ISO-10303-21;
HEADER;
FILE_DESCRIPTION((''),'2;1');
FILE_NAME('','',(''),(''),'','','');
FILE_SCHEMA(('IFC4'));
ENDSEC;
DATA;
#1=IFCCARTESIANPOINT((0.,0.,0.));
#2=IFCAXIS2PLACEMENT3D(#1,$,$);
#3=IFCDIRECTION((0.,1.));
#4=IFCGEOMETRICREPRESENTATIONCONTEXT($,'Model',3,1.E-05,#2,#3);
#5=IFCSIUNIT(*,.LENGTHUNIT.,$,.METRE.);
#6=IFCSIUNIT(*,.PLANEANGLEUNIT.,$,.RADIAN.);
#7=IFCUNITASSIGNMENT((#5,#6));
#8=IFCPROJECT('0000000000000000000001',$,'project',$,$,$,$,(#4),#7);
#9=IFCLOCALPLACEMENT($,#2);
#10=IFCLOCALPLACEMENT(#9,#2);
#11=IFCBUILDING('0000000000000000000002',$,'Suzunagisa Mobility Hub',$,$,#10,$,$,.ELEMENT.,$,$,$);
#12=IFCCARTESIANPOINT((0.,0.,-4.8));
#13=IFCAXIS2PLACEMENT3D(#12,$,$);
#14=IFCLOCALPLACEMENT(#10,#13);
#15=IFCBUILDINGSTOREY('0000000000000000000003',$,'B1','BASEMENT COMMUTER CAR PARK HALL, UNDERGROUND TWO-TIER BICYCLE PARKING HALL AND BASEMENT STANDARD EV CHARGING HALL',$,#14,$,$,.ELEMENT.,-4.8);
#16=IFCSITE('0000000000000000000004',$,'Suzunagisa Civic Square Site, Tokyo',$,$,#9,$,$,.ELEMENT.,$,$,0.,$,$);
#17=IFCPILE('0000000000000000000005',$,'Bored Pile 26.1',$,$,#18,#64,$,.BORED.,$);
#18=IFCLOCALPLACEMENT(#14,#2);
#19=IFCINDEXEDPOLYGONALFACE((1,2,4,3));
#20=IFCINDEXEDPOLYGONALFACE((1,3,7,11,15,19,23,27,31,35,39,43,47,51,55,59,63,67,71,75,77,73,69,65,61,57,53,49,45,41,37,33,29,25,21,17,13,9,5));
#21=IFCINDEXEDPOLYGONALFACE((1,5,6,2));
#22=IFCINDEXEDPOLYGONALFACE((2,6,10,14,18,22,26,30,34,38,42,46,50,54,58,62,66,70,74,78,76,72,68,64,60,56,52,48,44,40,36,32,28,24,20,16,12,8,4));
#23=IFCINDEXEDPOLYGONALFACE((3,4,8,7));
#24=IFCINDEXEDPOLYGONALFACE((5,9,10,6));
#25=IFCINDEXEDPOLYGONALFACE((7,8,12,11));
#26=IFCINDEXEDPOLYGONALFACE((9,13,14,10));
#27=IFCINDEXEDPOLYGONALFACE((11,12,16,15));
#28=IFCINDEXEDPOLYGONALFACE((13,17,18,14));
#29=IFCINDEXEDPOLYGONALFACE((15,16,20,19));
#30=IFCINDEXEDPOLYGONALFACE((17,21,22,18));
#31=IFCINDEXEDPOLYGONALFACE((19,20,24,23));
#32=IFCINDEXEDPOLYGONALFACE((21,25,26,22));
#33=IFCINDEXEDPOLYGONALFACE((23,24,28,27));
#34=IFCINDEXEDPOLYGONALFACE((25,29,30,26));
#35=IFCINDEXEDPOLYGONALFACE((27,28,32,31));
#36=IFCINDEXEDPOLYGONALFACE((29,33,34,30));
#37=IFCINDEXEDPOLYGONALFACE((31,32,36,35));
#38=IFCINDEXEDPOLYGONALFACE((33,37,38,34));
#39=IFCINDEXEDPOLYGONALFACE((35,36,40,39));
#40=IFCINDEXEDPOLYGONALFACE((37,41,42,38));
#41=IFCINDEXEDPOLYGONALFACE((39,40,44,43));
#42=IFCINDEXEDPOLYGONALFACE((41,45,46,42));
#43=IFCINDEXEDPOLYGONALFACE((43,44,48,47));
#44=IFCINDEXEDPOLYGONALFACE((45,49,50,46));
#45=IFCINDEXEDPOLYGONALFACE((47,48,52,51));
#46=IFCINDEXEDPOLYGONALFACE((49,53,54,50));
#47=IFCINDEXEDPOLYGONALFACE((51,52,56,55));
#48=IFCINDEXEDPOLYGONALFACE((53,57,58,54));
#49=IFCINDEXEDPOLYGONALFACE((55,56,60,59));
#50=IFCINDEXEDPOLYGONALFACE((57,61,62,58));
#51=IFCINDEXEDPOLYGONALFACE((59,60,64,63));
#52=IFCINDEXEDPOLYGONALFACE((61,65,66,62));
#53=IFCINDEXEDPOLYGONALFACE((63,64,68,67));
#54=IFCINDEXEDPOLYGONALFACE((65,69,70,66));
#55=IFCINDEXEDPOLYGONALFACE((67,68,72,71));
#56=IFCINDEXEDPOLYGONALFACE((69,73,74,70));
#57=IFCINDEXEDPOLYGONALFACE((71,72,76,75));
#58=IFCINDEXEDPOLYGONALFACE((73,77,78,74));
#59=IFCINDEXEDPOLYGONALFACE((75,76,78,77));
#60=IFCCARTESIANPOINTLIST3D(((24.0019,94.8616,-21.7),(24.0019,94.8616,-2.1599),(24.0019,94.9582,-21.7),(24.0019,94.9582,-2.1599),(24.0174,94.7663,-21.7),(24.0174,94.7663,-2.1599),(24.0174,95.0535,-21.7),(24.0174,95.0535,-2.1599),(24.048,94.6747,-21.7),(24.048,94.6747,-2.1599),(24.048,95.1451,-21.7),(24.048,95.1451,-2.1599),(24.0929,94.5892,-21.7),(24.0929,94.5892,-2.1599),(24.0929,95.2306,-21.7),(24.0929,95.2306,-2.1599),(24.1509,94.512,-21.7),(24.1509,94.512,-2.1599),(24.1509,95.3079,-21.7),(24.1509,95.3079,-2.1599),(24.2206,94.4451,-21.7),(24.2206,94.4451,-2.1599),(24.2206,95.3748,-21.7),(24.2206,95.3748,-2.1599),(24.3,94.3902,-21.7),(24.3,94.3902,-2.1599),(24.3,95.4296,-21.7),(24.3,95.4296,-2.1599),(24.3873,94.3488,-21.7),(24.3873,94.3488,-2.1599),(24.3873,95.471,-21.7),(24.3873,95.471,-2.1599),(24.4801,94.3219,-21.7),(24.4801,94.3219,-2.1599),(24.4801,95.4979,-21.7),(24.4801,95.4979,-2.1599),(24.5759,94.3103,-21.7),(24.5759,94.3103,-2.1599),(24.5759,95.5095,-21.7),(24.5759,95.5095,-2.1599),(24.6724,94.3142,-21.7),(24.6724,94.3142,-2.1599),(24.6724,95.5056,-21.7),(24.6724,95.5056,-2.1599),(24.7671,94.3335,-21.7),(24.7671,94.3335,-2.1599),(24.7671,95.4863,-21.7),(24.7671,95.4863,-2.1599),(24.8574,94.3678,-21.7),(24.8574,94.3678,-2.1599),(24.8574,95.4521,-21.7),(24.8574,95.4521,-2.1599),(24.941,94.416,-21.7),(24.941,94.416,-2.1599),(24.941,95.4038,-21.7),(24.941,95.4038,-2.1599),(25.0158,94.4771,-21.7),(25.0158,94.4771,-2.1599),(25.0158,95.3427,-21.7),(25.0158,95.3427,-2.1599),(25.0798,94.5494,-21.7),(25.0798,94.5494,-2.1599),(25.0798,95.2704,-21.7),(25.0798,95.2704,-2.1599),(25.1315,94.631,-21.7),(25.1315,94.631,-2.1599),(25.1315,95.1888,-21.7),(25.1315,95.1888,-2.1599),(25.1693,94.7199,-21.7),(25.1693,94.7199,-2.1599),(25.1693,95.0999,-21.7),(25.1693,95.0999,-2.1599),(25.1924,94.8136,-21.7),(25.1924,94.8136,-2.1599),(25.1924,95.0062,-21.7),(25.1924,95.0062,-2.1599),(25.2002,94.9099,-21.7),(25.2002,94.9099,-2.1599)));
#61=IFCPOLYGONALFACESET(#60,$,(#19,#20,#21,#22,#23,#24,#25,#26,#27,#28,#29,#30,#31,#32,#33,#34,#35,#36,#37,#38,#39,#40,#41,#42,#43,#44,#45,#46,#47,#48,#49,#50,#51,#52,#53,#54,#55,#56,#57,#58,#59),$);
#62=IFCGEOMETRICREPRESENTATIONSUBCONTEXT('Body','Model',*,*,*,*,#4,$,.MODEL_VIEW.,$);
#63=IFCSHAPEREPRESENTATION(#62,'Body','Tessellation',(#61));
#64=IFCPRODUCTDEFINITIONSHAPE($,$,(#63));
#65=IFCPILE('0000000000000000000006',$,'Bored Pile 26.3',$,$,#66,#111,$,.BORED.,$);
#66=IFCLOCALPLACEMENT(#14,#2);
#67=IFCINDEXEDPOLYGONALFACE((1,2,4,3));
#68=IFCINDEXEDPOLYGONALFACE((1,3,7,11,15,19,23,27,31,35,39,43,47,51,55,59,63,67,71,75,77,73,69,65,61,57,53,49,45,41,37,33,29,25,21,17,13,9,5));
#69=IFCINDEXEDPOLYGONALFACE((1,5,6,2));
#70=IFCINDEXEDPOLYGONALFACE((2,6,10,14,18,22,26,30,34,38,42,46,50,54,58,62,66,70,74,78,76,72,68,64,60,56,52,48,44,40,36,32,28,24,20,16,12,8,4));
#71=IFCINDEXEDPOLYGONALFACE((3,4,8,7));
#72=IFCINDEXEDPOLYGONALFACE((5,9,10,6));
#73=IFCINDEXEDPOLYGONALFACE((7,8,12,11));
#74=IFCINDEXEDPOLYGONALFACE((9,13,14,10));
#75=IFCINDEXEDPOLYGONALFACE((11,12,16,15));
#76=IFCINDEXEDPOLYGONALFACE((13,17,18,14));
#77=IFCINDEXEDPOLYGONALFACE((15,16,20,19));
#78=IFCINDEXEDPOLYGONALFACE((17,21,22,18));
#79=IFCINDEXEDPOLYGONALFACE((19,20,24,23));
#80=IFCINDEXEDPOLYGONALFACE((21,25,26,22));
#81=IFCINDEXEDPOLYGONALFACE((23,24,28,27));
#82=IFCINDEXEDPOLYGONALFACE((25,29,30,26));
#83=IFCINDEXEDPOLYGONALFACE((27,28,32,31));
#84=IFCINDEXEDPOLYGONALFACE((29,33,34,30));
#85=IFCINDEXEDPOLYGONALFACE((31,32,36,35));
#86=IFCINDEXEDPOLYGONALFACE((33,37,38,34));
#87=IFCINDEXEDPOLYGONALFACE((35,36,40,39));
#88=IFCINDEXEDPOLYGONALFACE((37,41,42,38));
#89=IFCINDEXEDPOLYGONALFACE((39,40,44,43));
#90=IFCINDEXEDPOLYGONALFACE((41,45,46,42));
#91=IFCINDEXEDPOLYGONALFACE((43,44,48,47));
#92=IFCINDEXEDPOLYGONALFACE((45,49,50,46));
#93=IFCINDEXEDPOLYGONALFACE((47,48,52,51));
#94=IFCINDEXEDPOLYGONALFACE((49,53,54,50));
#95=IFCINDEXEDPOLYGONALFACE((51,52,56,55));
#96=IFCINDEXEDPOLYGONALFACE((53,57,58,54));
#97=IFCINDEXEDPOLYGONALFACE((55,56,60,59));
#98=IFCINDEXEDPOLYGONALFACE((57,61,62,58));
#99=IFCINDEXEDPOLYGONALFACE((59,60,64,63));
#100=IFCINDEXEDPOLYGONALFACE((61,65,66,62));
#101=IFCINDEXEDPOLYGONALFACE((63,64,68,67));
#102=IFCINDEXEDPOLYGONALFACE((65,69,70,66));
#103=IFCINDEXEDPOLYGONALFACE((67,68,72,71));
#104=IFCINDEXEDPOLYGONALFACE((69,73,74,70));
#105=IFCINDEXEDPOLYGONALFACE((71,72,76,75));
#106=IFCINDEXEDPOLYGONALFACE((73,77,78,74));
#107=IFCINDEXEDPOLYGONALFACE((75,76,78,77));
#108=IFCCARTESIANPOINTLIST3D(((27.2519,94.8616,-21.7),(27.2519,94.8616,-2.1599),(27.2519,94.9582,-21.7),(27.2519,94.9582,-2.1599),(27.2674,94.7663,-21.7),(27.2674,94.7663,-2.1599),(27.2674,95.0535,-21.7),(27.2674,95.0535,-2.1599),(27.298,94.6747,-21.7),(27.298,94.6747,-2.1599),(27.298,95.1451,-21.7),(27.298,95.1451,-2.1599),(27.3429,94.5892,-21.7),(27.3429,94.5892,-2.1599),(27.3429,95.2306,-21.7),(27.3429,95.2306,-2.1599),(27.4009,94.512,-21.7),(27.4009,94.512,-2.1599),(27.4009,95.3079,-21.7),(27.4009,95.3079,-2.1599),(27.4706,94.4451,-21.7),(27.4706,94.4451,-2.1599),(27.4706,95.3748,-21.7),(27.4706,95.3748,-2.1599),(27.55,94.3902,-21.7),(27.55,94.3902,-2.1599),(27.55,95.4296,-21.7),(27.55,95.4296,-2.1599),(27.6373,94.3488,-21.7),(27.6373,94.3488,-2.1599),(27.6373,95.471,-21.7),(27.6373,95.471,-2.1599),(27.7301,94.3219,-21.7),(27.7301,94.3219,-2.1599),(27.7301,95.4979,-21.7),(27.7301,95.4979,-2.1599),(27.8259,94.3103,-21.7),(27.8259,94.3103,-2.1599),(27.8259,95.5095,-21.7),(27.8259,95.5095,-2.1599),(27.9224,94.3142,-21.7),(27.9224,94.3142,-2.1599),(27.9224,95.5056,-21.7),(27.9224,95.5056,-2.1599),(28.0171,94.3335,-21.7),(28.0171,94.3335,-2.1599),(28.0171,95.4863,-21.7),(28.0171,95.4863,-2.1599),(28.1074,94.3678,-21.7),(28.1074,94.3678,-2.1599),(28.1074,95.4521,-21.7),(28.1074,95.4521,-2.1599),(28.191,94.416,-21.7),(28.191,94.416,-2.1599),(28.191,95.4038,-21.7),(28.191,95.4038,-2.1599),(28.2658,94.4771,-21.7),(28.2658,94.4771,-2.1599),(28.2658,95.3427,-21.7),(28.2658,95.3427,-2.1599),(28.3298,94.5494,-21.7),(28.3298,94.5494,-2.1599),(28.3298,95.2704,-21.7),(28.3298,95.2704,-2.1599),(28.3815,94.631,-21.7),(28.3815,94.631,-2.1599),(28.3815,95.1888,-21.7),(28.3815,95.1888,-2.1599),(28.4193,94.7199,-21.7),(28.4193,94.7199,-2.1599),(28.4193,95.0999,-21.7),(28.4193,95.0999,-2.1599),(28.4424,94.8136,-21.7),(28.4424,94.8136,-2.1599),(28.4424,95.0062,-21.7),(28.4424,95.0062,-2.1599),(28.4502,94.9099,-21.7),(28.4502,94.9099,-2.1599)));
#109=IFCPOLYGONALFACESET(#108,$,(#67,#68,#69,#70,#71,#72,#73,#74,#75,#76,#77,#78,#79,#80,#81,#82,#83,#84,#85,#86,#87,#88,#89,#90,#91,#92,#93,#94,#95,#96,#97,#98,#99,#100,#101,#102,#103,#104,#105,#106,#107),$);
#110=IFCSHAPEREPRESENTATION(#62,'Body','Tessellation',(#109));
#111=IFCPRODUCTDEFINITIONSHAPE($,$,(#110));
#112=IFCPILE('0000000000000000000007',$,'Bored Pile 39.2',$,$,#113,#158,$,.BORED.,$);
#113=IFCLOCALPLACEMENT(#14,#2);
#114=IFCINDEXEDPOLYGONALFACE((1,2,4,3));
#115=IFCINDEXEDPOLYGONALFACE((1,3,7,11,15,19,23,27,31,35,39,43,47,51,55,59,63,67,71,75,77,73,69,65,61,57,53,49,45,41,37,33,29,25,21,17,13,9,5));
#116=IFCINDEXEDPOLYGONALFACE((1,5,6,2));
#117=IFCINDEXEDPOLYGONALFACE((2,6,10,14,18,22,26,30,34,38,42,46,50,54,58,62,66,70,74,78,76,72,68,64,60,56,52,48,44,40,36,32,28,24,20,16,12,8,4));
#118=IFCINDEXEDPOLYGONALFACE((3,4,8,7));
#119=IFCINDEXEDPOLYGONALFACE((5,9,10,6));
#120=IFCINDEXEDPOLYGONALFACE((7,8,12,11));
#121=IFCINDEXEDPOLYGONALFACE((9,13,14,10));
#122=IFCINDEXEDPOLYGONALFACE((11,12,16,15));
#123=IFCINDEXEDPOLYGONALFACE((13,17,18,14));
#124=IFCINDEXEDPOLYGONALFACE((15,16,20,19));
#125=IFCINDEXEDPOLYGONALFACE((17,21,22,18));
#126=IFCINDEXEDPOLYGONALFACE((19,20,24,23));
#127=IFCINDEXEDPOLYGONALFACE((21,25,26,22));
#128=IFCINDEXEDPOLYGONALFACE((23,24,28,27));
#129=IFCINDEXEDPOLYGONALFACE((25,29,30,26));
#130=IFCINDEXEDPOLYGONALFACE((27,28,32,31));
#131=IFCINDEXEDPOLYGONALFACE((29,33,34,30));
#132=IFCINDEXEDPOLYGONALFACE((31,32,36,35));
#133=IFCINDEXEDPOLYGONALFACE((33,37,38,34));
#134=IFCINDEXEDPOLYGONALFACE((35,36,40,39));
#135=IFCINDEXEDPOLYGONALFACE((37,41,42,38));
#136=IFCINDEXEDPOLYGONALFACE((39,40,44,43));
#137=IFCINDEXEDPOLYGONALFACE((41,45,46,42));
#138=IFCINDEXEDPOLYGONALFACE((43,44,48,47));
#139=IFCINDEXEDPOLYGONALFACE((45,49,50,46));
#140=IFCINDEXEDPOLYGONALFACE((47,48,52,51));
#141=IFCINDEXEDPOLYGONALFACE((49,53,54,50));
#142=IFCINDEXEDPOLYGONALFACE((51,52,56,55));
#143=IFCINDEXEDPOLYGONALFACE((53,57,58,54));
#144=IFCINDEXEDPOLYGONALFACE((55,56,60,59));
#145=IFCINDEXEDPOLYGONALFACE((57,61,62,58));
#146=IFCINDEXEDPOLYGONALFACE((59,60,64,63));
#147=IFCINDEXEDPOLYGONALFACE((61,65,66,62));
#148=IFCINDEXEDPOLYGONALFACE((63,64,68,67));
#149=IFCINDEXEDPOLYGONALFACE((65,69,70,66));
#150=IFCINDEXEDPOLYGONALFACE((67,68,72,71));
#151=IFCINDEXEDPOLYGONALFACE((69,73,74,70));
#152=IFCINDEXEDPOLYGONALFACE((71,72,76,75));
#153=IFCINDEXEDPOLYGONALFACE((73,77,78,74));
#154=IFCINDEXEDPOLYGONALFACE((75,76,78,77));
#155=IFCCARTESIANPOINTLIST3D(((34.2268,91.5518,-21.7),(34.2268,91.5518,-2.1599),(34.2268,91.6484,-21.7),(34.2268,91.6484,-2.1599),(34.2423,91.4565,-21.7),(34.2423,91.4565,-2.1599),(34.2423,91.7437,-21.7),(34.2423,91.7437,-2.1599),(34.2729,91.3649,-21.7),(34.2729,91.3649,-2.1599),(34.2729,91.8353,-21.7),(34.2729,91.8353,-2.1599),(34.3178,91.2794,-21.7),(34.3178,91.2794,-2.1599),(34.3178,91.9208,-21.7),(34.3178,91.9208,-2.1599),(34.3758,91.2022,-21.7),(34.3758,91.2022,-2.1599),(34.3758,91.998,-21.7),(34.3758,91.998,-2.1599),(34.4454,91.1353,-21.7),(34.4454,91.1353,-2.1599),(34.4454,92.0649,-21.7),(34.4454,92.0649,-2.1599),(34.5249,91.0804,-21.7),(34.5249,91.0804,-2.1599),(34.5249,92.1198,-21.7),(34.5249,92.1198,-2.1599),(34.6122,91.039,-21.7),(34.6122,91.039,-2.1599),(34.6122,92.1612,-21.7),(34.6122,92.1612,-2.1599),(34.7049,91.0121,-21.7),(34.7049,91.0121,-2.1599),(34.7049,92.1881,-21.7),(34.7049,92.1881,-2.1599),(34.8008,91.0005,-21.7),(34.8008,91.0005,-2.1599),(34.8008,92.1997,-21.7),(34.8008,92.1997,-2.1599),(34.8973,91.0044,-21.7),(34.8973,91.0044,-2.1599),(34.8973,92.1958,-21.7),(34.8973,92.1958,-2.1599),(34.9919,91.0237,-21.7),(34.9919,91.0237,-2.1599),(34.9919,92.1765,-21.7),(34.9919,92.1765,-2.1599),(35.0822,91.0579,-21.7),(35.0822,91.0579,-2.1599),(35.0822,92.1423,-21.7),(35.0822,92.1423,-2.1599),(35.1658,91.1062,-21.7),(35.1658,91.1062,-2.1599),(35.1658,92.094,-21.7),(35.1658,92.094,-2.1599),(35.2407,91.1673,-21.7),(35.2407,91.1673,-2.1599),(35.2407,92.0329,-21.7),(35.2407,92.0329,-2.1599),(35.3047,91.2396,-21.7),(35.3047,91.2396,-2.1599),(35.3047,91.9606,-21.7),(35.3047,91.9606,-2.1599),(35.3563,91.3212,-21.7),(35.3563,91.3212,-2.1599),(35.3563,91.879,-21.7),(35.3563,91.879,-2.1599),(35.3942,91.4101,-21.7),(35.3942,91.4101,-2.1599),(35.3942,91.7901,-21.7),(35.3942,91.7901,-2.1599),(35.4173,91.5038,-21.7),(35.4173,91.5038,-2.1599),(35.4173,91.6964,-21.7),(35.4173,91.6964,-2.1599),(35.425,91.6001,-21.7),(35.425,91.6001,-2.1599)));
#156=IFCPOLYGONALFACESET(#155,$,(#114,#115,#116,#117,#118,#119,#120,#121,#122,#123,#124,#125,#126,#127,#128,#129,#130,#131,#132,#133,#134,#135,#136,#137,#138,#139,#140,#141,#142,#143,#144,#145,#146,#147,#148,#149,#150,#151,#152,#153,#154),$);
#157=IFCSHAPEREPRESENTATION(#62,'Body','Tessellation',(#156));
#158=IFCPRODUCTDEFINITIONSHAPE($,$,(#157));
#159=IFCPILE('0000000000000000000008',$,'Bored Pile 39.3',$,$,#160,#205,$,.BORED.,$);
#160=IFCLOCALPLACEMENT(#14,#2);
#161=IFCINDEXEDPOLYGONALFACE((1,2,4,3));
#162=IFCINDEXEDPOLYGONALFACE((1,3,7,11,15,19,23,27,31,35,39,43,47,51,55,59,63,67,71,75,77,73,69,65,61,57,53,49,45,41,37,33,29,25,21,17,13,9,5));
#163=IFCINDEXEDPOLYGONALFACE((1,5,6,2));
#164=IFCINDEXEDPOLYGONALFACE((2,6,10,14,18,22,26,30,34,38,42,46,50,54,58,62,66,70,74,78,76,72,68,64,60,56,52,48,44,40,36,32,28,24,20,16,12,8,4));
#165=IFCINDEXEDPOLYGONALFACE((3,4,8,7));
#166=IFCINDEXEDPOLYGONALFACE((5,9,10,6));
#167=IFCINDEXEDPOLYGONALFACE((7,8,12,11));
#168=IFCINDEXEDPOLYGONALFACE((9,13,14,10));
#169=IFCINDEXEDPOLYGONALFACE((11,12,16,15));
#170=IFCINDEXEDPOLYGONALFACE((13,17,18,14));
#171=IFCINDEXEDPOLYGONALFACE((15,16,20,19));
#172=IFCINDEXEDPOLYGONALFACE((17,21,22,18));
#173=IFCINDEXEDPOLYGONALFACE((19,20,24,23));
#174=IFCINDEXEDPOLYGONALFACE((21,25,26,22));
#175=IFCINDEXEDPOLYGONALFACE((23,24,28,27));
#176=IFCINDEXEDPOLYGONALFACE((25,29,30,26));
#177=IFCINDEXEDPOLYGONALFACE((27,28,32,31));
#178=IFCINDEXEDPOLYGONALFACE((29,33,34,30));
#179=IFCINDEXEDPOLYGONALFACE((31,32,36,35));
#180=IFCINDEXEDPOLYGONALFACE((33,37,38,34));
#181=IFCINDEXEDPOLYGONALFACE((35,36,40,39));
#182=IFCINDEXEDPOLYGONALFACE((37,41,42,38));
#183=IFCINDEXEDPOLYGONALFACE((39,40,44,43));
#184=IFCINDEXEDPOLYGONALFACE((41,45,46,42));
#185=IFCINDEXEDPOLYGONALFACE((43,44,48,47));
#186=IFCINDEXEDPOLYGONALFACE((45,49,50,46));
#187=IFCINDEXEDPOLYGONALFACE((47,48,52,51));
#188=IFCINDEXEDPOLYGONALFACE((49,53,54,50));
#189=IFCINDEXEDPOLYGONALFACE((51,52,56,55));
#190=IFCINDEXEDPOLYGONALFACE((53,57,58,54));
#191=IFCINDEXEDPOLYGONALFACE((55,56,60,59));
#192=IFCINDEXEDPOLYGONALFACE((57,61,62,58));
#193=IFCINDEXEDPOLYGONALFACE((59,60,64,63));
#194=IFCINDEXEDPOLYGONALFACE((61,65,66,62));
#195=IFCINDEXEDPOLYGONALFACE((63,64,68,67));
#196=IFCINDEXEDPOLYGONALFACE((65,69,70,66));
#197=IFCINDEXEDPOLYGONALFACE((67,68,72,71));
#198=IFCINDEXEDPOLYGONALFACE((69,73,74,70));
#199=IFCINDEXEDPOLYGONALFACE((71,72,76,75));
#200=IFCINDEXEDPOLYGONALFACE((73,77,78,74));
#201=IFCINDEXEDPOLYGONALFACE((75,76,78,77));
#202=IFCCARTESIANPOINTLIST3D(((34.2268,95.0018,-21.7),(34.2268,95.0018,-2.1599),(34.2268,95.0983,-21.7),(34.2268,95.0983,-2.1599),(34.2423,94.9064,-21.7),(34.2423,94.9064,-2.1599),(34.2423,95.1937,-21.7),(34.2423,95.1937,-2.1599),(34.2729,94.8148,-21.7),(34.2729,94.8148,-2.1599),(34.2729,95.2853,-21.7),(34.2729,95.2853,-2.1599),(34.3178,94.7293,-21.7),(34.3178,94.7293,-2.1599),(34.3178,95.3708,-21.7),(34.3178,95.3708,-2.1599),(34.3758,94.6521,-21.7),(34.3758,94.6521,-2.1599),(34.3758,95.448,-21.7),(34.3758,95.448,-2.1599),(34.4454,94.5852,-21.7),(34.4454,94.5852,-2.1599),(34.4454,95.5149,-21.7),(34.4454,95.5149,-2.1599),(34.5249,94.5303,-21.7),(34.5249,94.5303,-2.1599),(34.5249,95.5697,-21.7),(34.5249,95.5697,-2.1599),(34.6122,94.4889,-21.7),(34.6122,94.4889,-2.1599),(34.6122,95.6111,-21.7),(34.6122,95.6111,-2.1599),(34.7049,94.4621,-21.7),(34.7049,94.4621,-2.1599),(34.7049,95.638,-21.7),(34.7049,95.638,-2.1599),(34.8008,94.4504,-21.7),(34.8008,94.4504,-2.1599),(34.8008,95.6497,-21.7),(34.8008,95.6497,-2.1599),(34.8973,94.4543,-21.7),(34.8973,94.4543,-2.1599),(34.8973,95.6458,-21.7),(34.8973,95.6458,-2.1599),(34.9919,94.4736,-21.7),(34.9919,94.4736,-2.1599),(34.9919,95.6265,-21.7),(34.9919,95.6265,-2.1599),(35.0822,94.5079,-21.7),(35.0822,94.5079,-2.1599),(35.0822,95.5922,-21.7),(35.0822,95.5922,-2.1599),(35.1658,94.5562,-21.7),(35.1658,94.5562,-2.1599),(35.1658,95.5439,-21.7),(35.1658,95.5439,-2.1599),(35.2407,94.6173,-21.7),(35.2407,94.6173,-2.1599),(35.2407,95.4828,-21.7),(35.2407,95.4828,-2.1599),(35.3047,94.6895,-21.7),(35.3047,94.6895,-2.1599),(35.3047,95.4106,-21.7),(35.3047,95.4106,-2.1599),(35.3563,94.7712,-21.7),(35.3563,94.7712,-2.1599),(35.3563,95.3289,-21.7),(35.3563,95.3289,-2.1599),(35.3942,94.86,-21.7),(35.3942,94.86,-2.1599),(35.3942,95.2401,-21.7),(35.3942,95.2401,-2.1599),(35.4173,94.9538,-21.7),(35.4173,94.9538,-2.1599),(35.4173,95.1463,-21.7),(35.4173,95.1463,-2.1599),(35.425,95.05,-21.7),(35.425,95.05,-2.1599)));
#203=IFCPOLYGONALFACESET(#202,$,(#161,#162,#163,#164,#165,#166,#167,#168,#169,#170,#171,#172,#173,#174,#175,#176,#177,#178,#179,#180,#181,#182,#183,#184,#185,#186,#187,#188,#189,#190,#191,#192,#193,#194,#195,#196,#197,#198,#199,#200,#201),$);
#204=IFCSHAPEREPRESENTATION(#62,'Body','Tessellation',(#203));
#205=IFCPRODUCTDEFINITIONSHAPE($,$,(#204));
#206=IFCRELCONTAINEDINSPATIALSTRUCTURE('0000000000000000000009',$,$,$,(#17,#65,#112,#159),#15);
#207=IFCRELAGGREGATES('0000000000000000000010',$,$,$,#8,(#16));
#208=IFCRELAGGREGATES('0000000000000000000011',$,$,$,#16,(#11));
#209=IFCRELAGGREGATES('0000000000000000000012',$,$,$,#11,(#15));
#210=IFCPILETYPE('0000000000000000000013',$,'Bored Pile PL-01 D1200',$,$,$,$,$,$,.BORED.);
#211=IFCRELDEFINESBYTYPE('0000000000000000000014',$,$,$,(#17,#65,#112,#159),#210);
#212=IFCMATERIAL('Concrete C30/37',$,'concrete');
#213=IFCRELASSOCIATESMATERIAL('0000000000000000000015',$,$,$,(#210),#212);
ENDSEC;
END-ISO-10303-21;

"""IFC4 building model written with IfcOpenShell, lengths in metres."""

from ifc_helpers import new_model, si_unit, direction, frame, origin, origin_2d, place, context, subcontext, project, spatial, circle, extrude, material, material_profile, profile_set, type_object, element, save


model = new_model("IFC4")

# Units and contexts
model_context = context("Model", 3, precision=1e-05, world=origin(), true_north=direction((0.0, 1.0)))
body_context = subcontext(model_context, "Body", "Model", "MODEL_VIEW")
ifc_project = project(units=[si_unit("LENGTHUNIT", "METRE"), si_unit("PLANEANGLEUNIT", "RADIAN")], contexts=[model_context])

# Site, building, storey
site_placement = place(None, origin())
site = spatial("IfcSite", under=ifc_project, at=site_placement, Name="Suzunagisa Civic Square Site, Tokyo", CompositionType="ELEMENT", RefElevation=0.0)
building_placement = place(site_placement, origin())
building = spatial("IfcBuilding", under=site, at=building_placement, Name="Suzunagisa Mobility Hub", CompositionType="ELEMENT")
storey_placement = place(building_placement, frame((0.0, 0.0, -4.8)))
storey = spatial("IfcBuildingStorey", under=building, at=storey_placement, Name="B1", Description="BASEMENT COMMUTER CAR PARK HALL, UNDERGROUND TWO-TIER BICYCLE PARKING HALL AND BASEMENT STANDARD EV CHARGING HALL", CompositionType="ELEMENT", Elevation=-4.8)

# Piles
ifc_material_1 = material(Name="Concrete C30/37", Category="concrete")
ifc_material_profile_1 = material_profile(ifc_material_1, circle(Radius=0.6001, at=origin_2d()), Name="BORED PILE D1200")
ifc_profile_set_1 = profile_set([ifc_material_profile_1], Name="Concrete C30/37")
pile_type = type_object("IfcPileType", Name="Bored Pile PL-01 D1200", PredefinedType="BORED", material=ifc_profile_set_1)
for number, where, z_axis, x_axis, name in (
    (1, (24.6001, 94.9099, -2.1599), (0.0, 0.0, -1.0), (1.0, 0.0, 0.0), "Bored Pile 26.1"),
    (2, (27.8501, 94.9099, -2.1599), (0.0, 0.0, -1.0), (1.0, 0.0, 0.0), "Bored Pile 26.3"),
    (3, (34.825, 91.6001, -2.1599), (0.0, 0.0, -1.0), (1.0, 0.0, 0.0), "Bored Pile 39.2"),
    (4, (34.825, 95.05, -2.1599), (0.0, 0.0, -1.0), (1.0, 0.0, 0.0), "Bored Pile 39.3"),
):
    element("IfcPile", number, at=place(storey_placement, frame(where, z_axis=z_axis, x_axis=x_axis)), inside=storey, type_object=pile_type, Name=name, PredefinedType="BORED", context=body_context, shape_type="SweptSolid", body=[
        extrude(circle(Radius=0.6001, at=origin_2d()), origin(), (0.0, 0.0, 1.0), 19.54),
    ])

save(model, "model.ifc")
